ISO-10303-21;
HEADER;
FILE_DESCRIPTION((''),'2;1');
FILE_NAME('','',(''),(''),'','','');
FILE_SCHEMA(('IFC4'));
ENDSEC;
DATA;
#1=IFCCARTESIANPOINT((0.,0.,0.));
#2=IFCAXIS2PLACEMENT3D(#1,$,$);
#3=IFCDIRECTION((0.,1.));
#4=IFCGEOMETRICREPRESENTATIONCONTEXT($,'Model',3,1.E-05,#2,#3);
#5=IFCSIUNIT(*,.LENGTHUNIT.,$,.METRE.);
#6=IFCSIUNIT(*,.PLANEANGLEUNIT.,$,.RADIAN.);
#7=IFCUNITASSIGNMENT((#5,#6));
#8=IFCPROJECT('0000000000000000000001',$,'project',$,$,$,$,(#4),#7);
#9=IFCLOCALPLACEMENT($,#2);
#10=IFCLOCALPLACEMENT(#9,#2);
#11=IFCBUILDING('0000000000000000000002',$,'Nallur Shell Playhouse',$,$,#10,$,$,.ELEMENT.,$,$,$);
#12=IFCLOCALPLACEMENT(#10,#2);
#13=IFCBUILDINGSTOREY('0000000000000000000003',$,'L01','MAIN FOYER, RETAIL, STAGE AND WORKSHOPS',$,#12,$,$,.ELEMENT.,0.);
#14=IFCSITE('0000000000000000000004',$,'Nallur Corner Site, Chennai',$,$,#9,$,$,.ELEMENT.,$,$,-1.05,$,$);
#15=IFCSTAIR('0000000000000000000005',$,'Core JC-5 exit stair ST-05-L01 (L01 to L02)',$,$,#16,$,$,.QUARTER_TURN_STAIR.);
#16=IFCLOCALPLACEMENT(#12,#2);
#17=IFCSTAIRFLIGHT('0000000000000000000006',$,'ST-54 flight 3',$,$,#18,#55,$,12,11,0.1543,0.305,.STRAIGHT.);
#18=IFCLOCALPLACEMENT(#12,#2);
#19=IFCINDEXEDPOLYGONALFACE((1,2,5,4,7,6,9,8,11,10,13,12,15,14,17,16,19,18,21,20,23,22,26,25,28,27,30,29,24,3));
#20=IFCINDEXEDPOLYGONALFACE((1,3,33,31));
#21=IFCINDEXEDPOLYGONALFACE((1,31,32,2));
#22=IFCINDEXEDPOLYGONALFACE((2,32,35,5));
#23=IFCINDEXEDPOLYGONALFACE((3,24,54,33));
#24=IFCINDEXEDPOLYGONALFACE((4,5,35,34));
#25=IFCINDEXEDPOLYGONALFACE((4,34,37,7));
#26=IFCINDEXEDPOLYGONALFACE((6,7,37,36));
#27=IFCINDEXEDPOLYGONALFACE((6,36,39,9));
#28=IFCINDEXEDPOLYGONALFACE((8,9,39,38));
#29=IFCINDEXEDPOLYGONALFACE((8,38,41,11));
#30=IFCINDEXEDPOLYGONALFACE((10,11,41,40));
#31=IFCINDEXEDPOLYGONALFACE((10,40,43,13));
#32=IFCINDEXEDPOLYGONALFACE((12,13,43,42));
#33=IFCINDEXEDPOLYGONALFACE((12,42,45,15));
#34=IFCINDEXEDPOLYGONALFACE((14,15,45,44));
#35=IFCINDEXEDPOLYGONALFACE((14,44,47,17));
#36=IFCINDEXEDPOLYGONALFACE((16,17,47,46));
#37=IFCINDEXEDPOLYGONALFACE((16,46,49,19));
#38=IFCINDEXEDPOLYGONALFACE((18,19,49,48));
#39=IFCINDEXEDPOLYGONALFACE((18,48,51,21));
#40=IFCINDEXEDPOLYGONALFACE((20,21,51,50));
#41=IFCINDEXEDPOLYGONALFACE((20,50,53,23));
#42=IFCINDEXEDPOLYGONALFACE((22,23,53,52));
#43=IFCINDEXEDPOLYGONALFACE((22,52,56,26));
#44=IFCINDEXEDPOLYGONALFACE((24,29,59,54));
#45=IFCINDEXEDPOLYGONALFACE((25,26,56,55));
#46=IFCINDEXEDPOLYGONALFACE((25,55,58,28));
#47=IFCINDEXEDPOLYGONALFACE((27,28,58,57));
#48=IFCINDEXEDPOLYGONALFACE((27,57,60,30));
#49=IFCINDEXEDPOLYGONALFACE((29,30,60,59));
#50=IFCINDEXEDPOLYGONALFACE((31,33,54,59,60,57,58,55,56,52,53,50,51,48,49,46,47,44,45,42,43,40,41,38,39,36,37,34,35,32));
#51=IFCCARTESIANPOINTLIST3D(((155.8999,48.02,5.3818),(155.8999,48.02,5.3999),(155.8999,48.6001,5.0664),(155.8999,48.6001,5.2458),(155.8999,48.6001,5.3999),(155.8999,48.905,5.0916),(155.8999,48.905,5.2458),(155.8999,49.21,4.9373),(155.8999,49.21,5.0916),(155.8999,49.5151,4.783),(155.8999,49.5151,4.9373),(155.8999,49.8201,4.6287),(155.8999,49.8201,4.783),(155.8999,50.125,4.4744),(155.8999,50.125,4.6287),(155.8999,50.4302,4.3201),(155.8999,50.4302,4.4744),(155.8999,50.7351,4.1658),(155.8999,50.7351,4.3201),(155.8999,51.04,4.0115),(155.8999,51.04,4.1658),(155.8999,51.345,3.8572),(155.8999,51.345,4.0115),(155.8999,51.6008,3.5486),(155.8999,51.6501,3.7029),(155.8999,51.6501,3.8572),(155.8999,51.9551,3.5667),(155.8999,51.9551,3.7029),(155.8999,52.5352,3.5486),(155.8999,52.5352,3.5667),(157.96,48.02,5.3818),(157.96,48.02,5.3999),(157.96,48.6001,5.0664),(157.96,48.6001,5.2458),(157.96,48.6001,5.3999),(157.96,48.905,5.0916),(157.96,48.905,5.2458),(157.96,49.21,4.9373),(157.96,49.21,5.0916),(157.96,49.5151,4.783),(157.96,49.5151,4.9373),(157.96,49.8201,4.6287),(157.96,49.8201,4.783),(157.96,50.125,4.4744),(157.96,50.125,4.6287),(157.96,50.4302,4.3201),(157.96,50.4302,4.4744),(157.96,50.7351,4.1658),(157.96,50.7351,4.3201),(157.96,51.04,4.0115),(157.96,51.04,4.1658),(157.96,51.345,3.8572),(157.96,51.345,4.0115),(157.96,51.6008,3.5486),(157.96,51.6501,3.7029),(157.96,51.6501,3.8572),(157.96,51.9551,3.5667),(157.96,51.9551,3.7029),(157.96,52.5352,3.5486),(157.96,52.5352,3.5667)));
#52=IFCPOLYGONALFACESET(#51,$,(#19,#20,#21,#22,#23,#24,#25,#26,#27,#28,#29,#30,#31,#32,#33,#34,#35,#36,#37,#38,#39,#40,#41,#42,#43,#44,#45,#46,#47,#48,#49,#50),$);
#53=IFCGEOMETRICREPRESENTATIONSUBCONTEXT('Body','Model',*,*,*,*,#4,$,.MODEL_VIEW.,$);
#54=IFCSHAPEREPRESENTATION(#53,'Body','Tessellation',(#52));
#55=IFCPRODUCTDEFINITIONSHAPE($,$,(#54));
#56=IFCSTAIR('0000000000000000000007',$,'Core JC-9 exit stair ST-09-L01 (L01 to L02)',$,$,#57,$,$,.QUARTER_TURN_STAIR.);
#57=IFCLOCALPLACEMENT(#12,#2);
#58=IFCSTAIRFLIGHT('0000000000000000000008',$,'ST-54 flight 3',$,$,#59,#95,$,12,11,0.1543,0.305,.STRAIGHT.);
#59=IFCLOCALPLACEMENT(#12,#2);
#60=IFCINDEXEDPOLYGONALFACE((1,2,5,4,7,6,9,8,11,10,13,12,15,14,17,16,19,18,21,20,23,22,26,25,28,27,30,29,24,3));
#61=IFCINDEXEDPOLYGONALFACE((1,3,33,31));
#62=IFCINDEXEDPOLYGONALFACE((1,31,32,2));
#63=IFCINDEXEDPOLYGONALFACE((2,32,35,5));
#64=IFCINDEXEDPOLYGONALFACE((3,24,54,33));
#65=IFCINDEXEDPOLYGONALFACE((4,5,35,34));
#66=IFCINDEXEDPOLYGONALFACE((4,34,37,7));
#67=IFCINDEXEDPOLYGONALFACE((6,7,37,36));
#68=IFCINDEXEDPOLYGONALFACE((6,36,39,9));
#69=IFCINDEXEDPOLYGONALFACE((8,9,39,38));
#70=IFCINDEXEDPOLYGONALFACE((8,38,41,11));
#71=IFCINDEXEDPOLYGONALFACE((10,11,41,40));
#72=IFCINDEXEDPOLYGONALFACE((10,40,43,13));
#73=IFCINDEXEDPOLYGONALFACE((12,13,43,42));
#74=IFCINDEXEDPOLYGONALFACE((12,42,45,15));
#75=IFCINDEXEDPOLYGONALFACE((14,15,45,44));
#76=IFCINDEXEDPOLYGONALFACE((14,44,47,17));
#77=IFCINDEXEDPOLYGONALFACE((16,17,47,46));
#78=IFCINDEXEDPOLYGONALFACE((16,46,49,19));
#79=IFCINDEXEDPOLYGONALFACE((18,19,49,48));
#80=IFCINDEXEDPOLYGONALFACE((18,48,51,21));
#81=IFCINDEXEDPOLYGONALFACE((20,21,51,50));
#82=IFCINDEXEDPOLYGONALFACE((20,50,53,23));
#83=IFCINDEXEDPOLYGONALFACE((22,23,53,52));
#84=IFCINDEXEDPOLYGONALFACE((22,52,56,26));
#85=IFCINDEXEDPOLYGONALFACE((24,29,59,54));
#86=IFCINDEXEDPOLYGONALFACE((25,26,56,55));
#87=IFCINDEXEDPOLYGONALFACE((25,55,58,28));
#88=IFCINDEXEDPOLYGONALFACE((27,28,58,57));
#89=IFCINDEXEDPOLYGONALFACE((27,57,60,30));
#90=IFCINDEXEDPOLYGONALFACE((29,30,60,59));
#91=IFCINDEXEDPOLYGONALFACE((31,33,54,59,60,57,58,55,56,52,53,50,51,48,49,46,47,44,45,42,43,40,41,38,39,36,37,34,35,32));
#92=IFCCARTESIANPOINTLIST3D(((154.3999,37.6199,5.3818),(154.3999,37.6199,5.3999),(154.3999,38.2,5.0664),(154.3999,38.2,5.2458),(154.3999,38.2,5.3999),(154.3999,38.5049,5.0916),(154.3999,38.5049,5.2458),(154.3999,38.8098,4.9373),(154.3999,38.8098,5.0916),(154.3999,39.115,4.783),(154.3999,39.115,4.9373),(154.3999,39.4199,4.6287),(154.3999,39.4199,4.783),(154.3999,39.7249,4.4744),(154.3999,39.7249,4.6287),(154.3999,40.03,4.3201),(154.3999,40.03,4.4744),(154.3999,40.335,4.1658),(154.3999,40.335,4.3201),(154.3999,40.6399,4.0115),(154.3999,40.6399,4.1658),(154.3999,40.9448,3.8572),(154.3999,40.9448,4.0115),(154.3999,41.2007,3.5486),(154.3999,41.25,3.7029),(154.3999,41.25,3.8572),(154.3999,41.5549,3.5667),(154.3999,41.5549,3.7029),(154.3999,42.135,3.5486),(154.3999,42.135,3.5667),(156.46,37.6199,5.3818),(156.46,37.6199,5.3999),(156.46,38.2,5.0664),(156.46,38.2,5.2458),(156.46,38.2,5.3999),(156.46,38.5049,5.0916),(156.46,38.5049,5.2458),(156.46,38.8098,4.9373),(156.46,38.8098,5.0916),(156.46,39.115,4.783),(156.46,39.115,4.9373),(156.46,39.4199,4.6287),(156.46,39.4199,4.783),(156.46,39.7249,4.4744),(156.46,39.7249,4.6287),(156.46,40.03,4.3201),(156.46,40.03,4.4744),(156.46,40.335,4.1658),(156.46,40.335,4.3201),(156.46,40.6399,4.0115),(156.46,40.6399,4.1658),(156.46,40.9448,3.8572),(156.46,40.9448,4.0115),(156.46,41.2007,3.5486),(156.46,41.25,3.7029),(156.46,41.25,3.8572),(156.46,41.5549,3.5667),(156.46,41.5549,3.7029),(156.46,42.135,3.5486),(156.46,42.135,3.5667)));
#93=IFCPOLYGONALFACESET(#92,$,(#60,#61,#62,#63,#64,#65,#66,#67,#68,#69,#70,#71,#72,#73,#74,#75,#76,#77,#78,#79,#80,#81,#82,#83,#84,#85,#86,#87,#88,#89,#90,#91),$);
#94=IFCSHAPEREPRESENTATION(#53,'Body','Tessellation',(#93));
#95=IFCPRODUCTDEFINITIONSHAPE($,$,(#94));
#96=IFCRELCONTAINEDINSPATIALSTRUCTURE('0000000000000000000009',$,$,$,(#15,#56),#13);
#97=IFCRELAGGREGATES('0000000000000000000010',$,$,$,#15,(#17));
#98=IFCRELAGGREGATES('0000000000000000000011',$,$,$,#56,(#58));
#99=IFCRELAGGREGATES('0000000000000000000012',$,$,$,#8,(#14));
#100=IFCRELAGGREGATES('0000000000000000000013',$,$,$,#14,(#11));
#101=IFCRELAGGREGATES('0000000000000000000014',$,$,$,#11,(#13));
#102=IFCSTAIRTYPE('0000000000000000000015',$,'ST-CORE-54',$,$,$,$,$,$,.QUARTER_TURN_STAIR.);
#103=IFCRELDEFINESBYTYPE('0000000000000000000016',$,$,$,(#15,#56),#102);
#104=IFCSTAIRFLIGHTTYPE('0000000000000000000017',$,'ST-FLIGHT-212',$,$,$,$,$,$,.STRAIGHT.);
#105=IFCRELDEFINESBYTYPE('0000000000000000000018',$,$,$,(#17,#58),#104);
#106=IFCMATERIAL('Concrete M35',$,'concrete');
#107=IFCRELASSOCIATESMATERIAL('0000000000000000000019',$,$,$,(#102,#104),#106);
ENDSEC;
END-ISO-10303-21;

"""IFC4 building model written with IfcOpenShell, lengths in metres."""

from ifc_helpers import new_model, si_unit, direction, frame, origin, place, context, subcontext, project, spatial, polyline, outline, extrude, material, type_object, element, aggregate, save


model = new_model("IFC4")

# Units and contexts
model_context = context("Model", 3, precision=1e-05, world=origin(), true_north=direction((0.0, 1.0)))
body_context = subcontext(model_context, "Body", "Model", "MODEL_VIEW")
ifc_project = project(units=[si_unit("LENGTHUNIT", "METRE"), si_unit("PLANEANGLEUNIT", "RADIAN")], contexts=[model_context])

# Site, building, storey
site_placement = place(None, origin())
site = spatial("IfcSite", under=ifc_project, at=site_placement, Name="Nallur Corner Site, Chennai", CompositionType="ELEMENT", RefElevation=-1.05)
building_placement = place(site_placement, origin())
building = spatial("IfcBuilding", under=site, at=building_placement, Name="Nallur Shell Playhouse", CompositionType="ELEMENT")
storey_placement = place(building_placement, origin())
storey = spatial("IfcBuildingStorey", under=building, at=storey_placement, Name="L01", Description="MAIN FOYER, RETAIL, STAGE AND WORKSHOPS", CompositionType="ELEMENT", Elevation=0.0)

# Shared definitions
ifc_material_1 = material(Name="Concrete M35", Category="concrete")

# Stairs, stair flights
stair_type = type_object("IfcStairType", Name="ST-CORE-54", PredefinedType="QUARTER_TURN_STAIR", material=ifc_material_1)
stair_1_placement = place(storey_placement, origin())
stair_1 = element("IfcStair", 1, at=stair_1_placement, inside=storey, type_object=stair_type, Name="Core JC-5 exit stair ST-05-L01 (L01 to L02)", PredefinedType="QUARTER_TURN_STAIR")
stair_flight_type = type_object("IfcStairFlightType", Name="ST-FLIGHT-212", PredefinedType="STRAIGHT", material=ifc_material_1)
stair_flight_1_placement = place(storey_placement, frame((156.9299, 51.9551, 3.5486), z_axis=(0.0, 0.0, 1.0), x_axis=(0.0, -1.0, 0.0)))
stair_flight_1 = element("IfcStairFlight", 2, at=stair_flight_1_placement, type_object=stair_flight_type, Name="ST-54 flight 3", NumberOfRisers=12, NumberOfTreads=11, PredefinedType="STRAIGHT", RiserHeight=0.1543, TreadLength=0.305, context=body_context, shape_type="SweptSolid", body=[
    extrude(outline(polyline([(-0.5801, 0.0), (-0.5801, 0.0181), (0.0, 0.0181), (0.0, 0.1543), (0.3049, 0.1543), (0.3049, 0.3086), (0.6101, 0.3086), (0.6101, 0.4629), (0.915, 0.4629), (0.915, 0.6172), (1.22, 0.6172), (1.22, 0.7715), (1.5249, 0.7715), (1.5249, 0.9258), (1.8301, 0.9258), (1.8301, 1.0801), (2.135, 1.0801), (2.135, 1.2344), (2.4399, 1.2344), (2.4399, 1.3887), (2.7451, 1.3887), (2.7451, 1.543), (3.05, 1.543), (3.05, 1.6973), (3.355, 1.6973), (3.355, 1.8513), (3.9351, 1.8513), (3.9351, 1.8333), (3.355, 1.5178), (0.3542, 0.0), (-0.5801, 0.0)])), frame((0.0, 1.03, 0.0), z_axis=(0.0, -1.0, 0.0), x_axis=(1.0, 0.0, 0.0)), (0.0, 0.0, 1.0), 2.0601),
])
aggregate(stair_1, [stair_flight_1])
stair_2_placement = place(storey_placement, origin())
stair_2 = element("IfcStair", 3, at=stair_2_placement, inside=storey, type_object=stair_type, Name="Core JC-9 exit stair ST-09-L01 (L01 to L02)", PredefinedType="QUARTER_TURN_STAIR")
stair_flight_2_placement = place(storey_placement, frame((155.4299, 41.5549, 3.5486), z_axis=(0.0, 0.0, 1.0), x_axis=(0.0, -1.0, 0.0)))
stair_flight_2 = element("IfcStairFlight", 4, at=stair_flight_2_placement, type_object=stair_flight_type, Name="ST-54 flight 3", NumberOfRisers=12, NumberOfTreads=11, PredefinedType="STRAIGHT", RiserHeight=0.1543, TreadLength=0.305, context=body_context, shape_type="SweptSolid", body=[
    extrude(outline(polyline([(-0.5801, 0.0), (-0.5801, 0.0181), (0.0, 0.0181), (0.0, 0.1543), (0.3049, 0.1543), (0.3049, 0.3086), (0.6101, 0.3086), (0.6101, 0.4629), (0.915, 0.4629), (0.915, 0.6172), (1.22, 0.6172), (1.22, 0.7715), (1.5249, 0.7715), (1.5249, 0.9258), (1.8301, 0.9258), (1.8301, 1.0801), (2.135, 1.0801), (2.135, 1.2344), (2.4399, 1.2344), (2.4399, 1.3887), (2.7451, 1.3887), (2.7451, 1.543), (3.05, 1.543), (3.05, 1.6973), (3.355, 1.6973), (3.355, 1.8513), (3.9351, 1.8513), (3.9351, 1.8333), (3.355, 1.5178), (0.3542, 0.0), (-0.5801, 0.0)])), frame((0.0, 1.03, 0.0), z_axis=(0.0, -1.0, 0.0), x_axis=(1.0, 0.0, 0.0)), (0.0, 0.0, 1.0), 2.0601),
])
aggregate(stair_2, [stair_flight_2])

save(model, "model.ifc")
